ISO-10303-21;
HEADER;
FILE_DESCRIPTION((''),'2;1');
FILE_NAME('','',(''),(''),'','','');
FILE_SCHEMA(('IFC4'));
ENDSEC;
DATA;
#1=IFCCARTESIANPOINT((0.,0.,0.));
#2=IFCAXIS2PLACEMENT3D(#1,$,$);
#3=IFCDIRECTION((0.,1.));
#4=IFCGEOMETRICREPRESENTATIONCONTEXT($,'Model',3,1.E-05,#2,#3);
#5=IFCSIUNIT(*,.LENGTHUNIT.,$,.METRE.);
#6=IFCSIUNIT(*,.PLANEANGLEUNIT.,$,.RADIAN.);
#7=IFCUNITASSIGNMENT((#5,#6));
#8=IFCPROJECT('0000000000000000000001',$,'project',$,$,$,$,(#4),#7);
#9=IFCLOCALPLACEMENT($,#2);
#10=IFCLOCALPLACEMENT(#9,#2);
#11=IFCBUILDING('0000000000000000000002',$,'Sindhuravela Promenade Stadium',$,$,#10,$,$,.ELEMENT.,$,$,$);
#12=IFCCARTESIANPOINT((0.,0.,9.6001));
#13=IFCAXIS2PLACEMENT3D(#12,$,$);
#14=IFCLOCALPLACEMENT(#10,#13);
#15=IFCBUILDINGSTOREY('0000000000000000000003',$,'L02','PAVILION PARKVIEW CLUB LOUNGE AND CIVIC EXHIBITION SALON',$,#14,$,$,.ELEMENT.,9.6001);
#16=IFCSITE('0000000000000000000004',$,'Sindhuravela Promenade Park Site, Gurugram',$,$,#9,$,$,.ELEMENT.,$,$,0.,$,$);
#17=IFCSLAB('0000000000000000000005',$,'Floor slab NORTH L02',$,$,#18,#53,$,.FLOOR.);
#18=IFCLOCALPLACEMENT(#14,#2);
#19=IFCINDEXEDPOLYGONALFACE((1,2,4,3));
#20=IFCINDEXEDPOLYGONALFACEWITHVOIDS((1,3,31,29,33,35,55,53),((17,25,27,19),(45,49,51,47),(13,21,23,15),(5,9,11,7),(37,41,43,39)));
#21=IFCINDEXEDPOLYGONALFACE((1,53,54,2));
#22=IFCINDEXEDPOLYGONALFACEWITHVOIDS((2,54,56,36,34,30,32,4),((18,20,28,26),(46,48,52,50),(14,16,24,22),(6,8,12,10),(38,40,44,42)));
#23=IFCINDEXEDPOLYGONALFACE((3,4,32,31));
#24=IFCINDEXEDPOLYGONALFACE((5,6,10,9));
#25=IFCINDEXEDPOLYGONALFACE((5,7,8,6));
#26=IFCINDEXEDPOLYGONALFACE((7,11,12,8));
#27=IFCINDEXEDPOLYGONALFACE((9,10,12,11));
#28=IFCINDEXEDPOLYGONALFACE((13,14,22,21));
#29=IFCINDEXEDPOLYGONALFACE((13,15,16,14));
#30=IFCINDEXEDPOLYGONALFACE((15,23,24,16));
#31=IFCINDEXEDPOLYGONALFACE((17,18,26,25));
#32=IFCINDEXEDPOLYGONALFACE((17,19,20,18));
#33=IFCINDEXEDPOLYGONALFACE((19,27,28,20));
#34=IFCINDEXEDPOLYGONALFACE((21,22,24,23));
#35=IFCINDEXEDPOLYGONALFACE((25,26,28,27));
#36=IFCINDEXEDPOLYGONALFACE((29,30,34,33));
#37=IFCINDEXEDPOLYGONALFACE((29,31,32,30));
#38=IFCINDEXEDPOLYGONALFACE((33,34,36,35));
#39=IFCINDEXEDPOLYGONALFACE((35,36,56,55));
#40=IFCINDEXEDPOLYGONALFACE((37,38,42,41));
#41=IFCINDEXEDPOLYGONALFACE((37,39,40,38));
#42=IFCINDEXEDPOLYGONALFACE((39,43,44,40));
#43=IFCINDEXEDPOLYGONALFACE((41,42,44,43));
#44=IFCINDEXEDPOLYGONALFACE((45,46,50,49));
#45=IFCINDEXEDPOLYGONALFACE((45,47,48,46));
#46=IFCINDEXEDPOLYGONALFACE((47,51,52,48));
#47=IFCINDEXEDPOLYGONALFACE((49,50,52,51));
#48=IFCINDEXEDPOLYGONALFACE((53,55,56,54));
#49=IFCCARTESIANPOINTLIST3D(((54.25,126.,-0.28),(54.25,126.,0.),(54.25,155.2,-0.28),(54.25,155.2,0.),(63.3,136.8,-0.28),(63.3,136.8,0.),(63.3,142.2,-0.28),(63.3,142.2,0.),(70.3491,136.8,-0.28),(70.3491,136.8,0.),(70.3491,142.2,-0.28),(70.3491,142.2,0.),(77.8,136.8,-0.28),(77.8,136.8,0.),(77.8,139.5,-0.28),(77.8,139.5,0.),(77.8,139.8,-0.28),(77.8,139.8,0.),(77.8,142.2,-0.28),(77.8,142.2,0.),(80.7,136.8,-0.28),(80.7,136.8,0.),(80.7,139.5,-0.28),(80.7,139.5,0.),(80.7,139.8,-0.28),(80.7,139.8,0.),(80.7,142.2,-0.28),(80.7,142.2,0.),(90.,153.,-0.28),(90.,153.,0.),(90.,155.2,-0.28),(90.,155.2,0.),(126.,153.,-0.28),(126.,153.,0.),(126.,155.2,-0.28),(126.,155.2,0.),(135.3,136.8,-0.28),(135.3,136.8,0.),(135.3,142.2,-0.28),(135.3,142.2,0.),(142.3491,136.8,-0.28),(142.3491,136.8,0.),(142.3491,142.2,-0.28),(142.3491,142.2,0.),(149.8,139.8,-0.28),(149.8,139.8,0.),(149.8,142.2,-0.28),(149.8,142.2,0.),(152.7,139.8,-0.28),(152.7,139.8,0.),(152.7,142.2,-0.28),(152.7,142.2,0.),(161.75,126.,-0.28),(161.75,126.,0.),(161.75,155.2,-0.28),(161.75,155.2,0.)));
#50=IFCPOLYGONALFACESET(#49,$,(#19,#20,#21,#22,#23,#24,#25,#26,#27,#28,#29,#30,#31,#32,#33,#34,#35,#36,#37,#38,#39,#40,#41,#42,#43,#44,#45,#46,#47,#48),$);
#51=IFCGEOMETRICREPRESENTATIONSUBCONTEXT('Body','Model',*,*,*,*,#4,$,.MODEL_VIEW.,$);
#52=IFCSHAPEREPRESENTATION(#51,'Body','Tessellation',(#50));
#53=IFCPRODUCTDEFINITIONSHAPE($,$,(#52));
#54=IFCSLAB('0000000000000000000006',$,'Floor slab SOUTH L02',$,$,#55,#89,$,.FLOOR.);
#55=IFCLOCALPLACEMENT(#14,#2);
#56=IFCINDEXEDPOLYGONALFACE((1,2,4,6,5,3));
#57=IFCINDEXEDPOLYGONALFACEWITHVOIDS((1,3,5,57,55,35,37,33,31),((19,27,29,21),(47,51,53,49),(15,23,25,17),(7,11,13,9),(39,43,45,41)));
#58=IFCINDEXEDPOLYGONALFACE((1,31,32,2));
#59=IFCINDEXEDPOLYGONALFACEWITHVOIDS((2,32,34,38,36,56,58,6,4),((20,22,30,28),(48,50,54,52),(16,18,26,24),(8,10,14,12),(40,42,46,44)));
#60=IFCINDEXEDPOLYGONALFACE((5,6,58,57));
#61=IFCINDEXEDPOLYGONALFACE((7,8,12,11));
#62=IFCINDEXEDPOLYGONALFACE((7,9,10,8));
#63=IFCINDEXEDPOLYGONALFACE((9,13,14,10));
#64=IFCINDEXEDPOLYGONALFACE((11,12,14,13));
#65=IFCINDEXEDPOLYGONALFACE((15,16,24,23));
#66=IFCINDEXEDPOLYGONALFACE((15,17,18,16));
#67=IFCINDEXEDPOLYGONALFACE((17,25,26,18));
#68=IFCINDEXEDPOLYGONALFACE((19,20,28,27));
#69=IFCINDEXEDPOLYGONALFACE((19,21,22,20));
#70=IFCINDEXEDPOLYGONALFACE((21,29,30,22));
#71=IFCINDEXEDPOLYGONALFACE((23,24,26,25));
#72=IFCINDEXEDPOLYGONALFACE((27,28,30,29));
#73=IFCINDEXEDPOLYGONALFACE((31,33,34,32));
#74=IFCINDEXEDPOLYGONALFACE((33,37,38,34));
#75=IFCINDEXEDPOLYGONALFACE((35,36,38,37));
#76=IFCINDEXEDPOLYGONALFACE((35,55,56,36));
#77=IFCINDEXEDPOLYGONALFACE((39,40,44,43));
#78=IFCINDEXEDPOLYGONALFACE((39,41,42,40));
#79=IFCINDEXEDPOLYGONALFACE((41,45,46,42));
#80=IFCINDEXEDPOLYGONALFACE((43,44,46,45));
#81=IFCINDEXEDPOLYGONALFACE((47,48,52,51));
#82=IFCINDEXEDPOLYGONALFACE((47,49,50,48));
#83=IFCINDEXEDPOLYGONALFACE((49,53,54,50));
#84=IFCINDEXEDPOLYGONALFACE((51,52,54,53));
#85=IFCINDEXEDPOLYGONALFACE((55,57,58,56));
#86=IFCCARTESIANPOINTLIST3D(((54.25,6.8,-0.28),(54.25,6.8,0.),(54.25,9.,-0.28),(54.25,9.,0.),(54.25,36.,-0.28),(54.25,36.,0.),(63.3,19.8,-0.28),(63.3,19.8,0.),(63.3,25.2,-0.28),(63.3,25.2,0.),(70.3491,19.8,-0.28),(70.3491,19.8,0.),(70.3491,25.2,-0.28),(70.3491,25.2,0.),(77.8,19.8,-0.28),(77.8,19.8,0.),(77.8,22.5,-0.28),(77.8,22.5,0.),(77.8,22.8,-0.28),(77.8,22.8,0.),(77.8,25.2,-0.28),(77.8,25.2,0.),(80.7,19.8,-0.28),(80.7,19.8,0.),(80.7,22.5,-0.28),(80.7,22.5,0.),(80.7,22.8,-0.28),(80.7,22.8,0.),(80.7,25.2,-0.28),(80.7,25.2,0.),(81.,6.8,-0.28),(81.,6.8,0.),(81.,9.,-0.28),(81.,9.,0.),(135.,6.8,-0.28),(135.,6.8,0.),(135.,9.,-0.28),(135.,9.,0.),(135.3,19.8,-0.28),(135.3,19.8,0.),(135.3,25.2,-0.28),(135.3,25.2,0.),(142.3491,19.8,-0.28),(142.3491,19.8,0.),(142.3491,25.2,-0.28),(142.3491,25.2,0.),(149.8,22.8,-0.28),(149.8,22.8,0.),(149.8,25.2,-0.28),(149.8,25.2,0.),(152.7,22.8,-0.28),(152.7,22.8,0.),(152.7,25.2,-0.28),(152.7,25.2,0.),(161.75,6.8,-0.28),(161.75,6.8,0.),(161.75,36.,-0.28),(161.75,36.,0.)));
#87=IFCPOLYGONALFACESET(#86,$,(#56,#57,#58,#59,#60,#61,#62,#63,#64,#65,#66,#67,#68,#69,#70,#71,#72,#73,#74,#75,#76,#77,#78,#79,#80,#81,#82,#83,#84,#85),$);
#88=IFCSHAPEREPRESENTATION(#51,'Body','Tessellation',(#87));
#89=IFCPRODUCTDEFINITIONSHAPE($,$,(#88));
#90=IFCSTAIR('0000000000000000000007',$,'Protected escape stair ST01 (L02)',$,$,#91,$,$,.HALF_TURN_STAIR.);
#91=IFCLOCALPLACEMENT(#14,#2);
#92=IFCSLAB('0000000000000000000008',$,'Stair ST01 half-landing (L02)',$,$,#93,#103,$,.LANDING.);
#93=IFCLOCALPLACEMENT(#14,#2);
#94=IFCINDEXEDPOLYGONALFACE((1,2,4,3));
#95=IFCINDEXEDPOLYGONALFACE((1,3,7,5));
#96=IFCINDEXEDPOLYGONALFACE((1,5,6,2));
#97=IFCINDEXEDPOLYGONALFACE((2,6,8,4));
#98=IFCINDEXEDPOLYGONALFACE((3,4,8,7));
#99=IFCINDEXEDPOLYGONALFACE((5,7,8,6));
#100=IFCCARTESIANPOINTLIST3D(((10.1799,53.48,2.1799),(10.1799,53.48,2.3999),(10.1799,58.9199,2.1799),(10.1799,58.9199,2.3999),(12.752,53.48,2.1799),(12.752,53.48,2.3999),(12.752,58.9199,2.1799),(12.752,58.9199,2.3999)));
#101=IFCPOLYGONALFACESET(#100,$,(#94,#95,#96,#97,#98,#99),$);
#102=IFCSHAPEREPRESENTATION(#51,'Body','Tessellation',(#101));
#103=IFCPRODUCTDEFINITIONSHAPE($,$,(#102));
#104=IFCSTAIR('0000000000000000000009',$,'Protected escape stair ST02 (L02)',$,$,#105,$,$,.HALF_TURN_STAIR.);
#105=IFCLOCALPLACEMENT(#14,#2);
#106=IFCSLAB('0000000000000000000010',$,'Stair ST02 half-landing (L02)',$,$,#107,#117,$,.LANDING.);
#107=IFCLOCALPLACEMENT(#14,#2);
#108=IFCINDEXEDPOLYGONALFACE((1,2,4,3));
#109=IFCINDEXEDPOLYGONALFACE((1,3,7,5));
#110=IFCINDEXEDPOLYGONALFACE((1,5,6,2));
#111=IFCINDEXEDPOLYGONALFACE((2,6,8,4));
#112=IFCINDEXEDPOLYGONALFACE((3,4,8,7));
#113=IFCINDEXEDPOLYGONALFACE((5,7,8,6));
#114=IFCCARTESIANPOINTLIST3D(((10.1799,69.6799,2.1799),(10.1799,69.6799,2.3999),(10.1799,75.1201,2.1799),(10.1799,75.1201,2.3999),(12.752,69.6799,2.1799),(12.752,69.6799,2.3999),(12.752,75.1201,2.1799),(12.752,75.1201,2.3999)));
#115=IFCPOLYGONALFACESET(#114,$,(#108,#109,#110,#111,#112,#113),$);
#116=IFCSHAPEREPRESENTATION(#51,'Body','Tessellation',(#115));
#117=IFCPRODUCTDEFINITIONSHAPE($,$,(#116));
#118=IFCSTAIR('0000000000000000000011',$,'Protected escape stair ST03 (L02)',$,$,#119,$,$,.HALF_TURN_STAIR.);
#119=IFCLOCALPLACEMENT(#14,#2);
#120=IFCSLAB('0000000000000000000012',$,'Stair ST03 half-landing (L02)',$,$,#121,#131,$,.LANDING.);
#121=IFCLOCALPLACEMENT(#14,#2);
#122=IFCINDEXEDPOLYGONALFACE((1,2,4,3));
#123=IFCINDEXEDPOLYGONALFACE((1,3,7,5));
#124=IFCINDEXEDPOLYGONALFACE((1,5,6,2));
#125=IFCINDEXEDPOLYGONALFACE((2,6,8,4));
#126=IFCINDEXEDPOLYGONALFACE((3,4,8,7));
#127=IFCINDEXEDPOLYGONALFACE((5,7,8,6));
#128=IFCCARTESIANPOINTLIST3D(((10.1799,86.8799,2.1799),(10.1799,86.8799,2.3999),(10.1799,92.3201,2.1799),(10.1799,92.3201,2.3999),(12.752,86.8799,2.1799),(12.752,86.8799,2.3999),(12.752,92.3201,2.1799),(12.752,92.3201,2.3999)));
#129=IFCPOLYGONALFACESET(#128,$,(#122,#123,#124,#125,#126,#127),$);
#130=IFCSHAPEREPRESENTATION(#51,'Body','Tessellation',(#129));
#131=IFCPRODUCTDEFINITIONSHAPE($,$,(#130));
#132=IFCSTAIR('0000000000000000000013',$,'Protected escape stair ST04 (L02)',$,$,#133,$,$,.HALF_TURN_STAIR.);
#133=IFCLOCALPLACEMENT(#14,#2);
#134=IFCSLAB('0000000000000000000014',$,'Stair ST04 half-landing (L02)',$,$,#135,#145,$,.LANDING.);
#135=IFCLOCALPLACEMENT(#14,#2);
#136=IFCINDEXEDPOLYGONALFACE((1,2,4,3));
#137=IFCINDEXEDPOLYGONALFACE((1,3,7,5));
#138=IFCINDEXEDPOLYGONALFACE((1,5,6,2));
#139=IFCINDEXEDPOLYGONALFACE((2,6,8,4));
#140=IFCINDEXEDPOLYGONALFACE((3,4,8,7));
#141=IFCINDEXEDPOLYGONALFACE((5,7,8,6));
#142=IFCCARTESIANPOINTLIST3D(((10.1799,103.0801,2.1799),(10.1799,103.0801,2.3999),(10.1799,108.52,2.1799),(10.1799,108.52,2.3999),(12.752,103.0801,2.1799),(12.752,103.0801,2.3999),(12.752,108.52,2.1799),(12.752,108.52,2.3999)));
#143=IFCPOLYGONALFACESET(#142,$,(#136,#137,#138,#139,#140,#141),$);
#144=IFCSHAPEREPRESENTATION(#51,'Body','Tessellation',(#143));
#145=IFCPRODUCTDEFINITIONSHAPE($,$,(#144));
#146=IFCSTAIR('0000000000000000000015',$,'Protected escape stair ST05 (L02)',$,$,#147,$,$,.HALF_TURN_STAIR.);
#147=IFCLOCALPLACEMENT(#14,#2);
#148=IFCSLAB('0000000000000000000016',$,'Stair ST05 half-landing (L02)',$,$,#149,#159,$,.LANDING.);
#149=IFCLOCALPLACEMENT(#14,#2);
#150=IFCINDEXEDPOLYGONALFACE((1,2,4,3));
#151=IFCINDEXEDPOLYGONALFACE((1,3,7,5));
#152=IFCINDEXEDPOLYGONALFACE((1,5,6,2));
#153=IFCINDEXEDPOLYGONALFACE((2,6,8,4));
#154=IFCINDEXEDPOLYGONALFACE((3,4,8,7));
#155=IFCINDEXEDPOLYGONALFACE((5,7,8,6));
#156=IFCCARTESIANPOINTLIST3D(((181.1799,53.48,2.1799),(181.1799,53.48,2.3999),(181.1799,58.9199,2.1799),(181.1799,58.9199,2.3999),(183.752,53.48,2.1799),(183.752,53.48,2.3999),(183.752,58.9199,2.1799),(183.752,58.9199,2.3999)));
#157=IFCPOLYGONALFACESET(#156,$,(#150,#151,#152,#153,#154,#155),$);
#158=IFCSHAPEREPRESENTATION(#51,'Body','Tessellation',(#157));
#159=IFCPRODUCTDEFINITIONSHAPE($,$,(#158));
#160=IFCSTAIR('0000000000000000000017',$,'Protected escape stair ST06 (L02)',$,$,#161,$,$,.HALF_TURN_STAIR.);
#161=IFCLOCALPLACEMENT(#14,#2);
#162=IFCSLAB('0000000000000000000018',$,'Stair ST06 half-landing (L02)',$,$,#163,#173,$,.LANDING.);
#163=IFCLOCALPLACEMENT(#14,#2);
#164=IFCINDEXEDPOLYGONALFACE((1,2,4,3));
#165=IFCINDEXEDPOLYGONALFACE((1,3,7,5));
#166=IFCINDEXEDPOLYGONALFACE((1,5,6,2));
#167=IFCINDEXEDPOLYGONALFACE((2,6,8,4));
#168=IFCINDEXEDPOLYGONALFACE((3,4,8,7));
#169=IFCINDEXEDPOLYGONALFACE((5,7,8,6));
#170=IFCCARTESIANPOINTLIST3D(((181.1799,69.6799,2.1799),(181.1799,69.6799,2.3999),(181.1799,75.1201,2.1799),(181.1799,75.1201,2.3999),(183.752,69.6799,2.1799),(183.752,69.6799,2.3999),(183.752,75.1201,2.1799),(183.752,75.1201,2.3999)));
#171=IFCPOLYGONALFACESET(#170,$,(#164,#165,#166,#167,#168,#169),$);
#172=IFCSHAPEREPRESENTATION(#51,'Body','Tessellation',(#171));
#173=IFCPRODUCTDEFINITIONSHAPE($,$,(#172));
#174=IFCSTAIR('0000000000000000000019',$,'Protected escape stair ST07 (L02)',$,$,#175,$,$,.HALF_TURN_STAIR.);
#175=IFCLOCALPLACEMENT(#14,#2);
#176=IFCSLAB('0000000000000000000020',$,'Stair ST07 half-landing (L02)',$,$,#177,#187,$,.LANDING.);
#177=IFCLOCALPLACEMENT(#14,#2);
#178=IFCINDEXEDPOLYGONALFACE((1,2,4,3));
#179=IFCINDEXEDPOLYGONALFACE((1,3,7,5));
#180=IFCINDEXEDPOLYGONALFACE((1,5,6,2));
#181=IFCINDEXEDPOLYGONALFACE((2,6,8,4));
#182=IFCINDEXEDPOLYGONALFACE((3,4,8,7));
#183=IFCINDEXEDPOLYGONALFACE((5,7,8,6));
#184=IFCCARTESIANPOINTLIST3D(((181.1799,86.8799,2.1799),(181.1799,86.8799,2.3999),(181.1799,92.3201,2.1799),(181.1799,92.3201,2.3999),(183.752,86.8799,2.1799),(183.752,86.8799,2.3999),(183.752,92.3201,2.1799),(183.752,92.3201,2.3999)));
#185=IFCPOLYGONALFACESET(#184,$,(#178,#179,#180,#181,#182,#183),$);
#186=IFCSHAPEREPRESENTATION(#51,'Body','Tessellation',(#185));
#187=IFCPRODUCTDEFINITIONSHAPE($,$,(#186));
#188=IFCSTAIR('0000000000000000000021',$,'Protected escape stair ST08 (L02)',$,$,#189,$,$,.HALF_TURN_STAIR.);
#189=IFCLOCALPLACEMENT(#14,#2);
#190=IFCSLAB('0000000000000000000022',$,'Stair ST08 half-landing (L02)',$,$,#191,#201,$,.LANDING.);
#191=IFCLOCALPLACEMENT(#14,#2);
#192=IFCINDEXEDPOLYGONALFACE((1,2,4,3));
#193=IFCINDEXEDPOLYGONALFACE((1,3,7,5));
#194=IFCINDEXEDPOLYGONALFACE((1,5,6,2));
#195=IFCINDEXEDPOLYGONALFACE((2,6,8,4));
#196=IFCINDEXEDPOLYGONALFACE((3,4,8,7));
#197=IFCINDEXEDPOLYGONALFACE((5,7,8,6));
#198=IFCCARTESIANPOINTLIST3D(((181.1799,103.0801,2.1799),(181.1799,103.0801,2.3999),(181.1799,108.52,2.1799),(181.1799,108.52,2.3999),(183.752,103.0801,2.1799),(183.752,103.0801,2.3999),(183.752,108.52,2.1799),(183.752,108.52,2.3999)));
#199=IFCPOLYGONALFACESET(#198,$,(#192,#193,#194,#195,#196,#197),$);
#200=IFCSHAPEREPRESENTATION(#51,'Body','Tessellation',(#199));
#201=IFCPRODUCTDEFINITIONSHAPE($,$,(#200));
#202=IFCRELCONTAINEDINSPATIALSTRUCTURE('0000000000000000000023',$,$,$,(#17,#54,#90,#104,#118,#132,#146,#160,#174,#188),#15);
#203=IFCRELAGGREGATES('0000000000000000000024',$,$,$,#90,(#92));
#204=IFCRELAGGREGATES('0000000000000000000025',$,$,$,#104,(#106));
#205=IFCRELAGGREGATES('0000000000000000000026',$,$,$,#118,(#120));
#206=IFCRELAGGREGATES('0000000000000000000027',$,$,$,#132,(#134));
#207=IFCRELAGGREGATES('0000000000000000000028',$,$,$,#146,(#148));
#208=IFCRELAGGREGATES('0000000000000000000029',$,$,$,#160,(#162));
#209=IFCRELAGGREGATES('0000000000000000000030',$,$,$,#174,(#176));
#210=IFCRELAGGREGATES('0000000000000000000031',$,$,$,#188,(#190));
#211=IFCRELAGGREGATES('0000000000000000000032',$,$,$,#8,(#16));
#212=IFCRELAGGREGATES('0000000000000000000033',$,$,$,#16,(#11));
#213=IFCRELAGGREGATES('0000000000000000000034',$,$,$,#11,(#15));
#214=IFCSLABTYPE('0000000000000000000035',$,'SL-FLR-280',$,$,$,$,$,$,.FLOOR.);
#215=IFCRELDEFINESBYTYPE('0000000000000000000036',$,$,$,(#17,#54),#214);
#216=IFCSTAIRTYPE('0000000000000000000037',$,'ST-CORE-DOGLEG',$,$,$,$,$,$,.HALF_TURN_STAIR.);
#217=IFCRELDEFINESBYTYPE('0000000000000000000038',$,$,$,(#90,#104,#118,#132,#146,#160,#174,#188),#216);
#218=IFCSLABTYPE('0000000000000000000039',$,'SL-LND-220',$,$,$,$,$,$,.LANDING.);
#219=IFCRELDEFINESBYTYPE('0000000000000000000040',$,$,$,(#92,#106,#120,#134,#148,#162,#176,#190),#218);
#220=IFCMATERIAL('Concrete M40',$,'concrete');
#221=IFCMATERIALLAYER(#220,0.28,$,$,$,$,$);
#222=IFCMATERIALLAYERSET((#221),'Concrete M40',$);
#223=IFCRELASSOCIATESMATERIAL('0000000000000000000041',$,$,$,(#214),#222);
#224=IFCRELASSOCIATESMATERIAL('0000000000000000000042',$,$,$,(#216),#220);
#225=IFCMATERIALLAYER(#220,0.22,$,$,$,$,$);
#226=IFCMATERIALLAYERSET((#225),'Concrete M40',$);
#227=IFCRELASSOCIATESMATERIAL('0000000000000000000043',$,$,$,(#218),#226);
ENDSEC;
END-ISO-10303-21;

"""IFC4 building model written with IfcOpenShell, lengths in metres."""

from ifc_helpers import new_model, si_unit, direction, frame, origin, place, context, subcontext, project, spatial, polyline, outline, extrude, material, layer, layer_set, type_object, element, aggregate, save


model = new_model("IFC4")

# Units and contexts
model_context = context("Model", 3, precision=1e-05, world=origin(), true_north=direction((0.0, 1.0)))
body_context = subcontext(model_context, "Body", "Model", "MODEL_VIEW")
ifc_project = project(units=[si_unit("LENGTHUNIT", "METRE"), si_unit("PLANEANGLEUNIT", "RADIAN")], contexts=[model_context])

# Site, building, storey
site_placement = place(None, origin())
site = spatial("IfcSite", under=ifc_project, at=site_placement, Name="Sindhuravela Promenade Park Site, Gurugram", CompositionType="ELEMENT", RefElevation=0.0)
building_placement = place(site_placement, origin())
building = spatial("IfcBuilding", under=site, at=building_placement, Name="Sindhuravela Promenade Stadium", CompositionType="ELEMENT")
storey_placement = place(building_placement, frame((0.0, 0.0, 9.6001)))
storey = spatial("IfcBuildingStorey", under=building, at=storey_placement, Name="L02", Description="PAVILION PARKVIEW CLUB LOUNGE AND CIVIC EXHIBITION SALON", CompositionType="ELEMENT", Elevation=9.6001)

# Slabs
ifc_material_1 = material(Name="Concrete M40", Category="concrete")
ifc_layer_1 = layer(ifc_material_1, 0.28)
ifc_layer_set_1 = layer_set([ifc_layer_1], Name="Concrete M40")
slab_type_1 = type_object("IfcSlabType", Name="SL-FLR-280", PredefinedType="FLOOR", material=ifc_layer_set_1)
slab_1_placement = place(storey_placement, frame((0.0, 0.0, -0.28)))
element("IfcSlab", 1, at=slab_1_placement, inside=storey, type_object=slab_type_1, Name="Floor slab NORTH L02", PredefinedType="FLOOR", context=body_context, shape_type="SweptSolid", body=[
    extrude(outline(polyline([(54.25, 126.0), (161.75, 126.0), (161.75, 155.2), (126.0, 155.2), (126.0, 153.0), (90.0, 153.0), (90.0, 155.2), (54.25, 155.2), (54.25, 126.0)]), holes=[polyline([(63.3, 136.8), (70.3491, 136.8), (70.3491, 142.2), (63.3, 142.2), (63.3, 136.8)]), polyline([(77.8, 139.8), (80.7, 139.8), (80.7, 142.2), (77.8, 142.2), (77.8, 139.8)]), polyline([(77.8, 136.8), (80.7, 136.8), (80.7, 139.5), (77.8, 139.5), (77.8, 136.8)]), polyline([(135.3, 136.8), (142.3491, 136.8), (142.3491, 142.2), (135.3, 142.2), (135.3, 136.8)]), polyline([(149.8, 139.8), (152.7, 139.8), (152.7, 142.2), (149.8, 142.2), (149.8, 139.8)])]), origin(), (0.0, 0.0, 1.0), 0.28),
])
slab_2_placement = place(storey_placement, frame((0.0, 0.0, -0.28)))
element("IfcSlab", 2, at=slab_2_placement, inside=storey, type_object=slab_type_1, Name="Floor slab SOUTH L02", PredefinedType="FLOOR", context=body_context, shape_type="SweptSolid", body=[
    extrude(outline(polyline([(54.25, 9.0), (54.25, 6.8), (81.0, 6.8), (81.0, 9.0), (135.0, 9.0), (135.0, 6.8), (161.75, 6.8), (161.75, 36.0), (54.25, 36.0), (54.25, 9.0)]), holes=[polyline([(63.3, 19.8), (70.3491, 19.8), (70.3491, 25.2), (63.3, 25.2), (63.3, 19.8)]), polyline([(77.8, 22.8), (80.7, 22.8), (80.7, 25.2), (77.8, 25.2), (77.8, 22.8)]), polyline([(77.8, 19.8), (80.7, 19.8), (80.7, 22.5), (77.8, 22.5), (77.8, 19.8)]), polyline([(135.3, 19.8), (142.3491, 19.8), (142.3491, 25.2), (135.3, 25.2), (135.3, 19.8)]), polyline([(149.8, 22.8), (152.7, 22.8), (152.7, 25.2), (149.8, 25.2), (149.8, 22.8)])]), origin(), (0.0, 0.0, 1.0), 0.28),
])

# Stairs, slabs
stair_type = type_object("IfcStairType", Name="ST-CORE-DOGLEG", PredefinedType="HALF_TURN_STAIR", material=ifc_material_1)
stair_1_placement = place(storey_placement, origin())
stair_1 = element("IfcStair", 3, at=stair_1_placement, inside=storey, type_object=stair_type, Name="Protected escape stair ST01 (L02)", PredefinedType="HALF_TURN_STAIR")
ifc_layer_2 = layer(ifc_material_1, 0.22)
ifc_layer_set_2 = layer_set([ifc_layer_2], Name="Concrete M40")
slab_type_2 = type_object("IfcSlabType", Name="SL-LND-220", PredefinedType="LANDING", material=ifc_layer_set_2)
slab_3_placement = place(storey_placement, frame((0.0, 0.0, 2.1799)))
slab_3 = element("IfcSlab", 4, at=slab_3_placement, type_object=slab_type_2, Name="Stair ST01 half-landing (L02)", PredefinedType="LANDING", context=body_context, shape_type="SweptSolid", body=[
    extrude(outline(polyline([(10.1799, 53.48), (12.752, 53.48), (12.752, 58.9199), (10.1799, 58.9199), (10.1799, 53.48)])), origin(), (0.0, 0.0, 1.0), 0.22),
])
aggregate(stair_1, [slab_3])
stair_2_placement = place(storey_placement, origin())
stair_2 = element("IfcStair", 5, at=stair_2_placement, inside=storey, type_object=stair_type, Name="Protected escape stair ST02 (L02)", PredefinedType="HALF_TURN_STAIR")
slab_4_placement = place(storey_placement, frame((0.0, 0.0, 2.1799)))
slab_4 = element("IfcSlab", 6, at=slab_4_placement, type_object=slab_type_2, Name="Stair ST02 half-landing (L02)", PredefinedType="LANDING", context=body_context, shape_type="SweptSolid", body=[
    extrude(outline(polyline([(10.1799, 69.6799), (12.752, 69.6799), (12.752, 75.1201), (10.1799, 75.1201), (10.1799, 69.6799)])), origin(), (0.0, 0.0, 1.0), 0.22),
])
aggregate(stair_2, [slab_4])
stair_3_placement = place(storey_placement, origin())
stair_3 = element("IfcStair", 7, at=stair_3_placement, inside=storey, type_object=stair_type, Name="Protected escape stair ST03 (L02)", PredefinedType="HALF_TURN_STAIR")
slab_5_placement = place(storey_placement, frame((0.0, 0.0, 2.1799)))
slab_5 = element("IfcSlab", 8, at=slab_5_placement, type_object=slab_type_2, Name="Stair ST03 half-landing (L02)", PredefinedType="LANDING", context=body_context, shape_type="SweptSolid", body=[
    extrude(outline(polyline([(10.1799, 86.8799), (12.752, 86.8799), (12.752, 92.3201), (10.1799, 92.3201), (10.1799, 86.8799)])), origin(), (0.0, 0.0, 1.0), 0.22),
])
aggregate(stair_3, [slab_5])
stair_4_placement = place(storey_placement, origin())
stair_4 = element("IfcStair", 9, at=stair_4_placement, inside=storey, type_object=stair_type, Name="Protected escape stair ST04 (L02)", PredefinedType="HALF_TURN_STAIR")
slab_6_placement = place(storey_placement, frame((0.0, 0.0, 2.1799)))
slab_6 = element("IfcSlab", 10, at=slab_6_placement, type_object=slab_type_2, Name="Stair ST04 half-landing (L02)", PredefinedType="LANDING", context=body_context, shape_type="SweptSolid", body=[
    extrude(outline(polyline([(10.1799, 103.0801), (12.752, 103.0801), (12.752, 108.52), (10.1799, 108.52), (10.1799, 103.0801)])), origin(), (0.0, 0.0, 1.0), 0.22),
])
aggregate(stair_4, [slab_6])
stair_5_placement = place(storey_placement, origin())
stair_5 = element("IfcStair", 11, at=stair_5_placement, inside=storey, type_object=stair_type, Name="Protected escape stair ST05 (L02)", PredefinedType="HALF_TURN_STAIR")
slab_7_placement = place(storey_placement, frame((0.0, 0.0, 2.1799)))
slab_7 = element("IfcSlab", 12, at=slab_7_placement, type_object=slab_type_2, Name="Stair ST05 half-landing (L02)", PredefinedType="LANDING", context=body_context, shape_type="SweptSolid", body=[
    extrude(outline(polyline([(181.1799, 53.48), (183.752, 53.48), (183.752, 58.9199), (181.1799, 58.9199), (181.1799, 53.48)])), origin(), (0.0, 0.0, 1.0), 0.22),
])
aggregate(stair_5, [slab_7])
stair_6_placement = place(storey_placement, origin())
stair_6 = element("IfcStair", 13, at=stair_6_placement, inside=storey, type_object=stair_type, Name="Protected escape stair ST06 (L02)", PredefinedType="HALF_TURN_STAIR")
slab_8_placement = place(storey_placement, frame((0.0, 0.0, 2.1799)))
slab_8 = element("IfcSlab", 14, at=slab_8_placement, type_object=slab_type_2, Name="Stair ST06 half-landing (L02)", PredefinedType="LANDING", context=body_context, shape_type="SweptSolid", body=[
    extrude(outline(polyline([(181.1799, 69.6799), (183.752, 69.6799), (183.752, 75.1201), (181.1799, 75.1201), (181.1799, 69.6799)])), origin(), (0.0, 0.0, 1.0), 0.22),
])
aggregate(stair_6, [slab_8])
stair_7_placement = place(storey_placement, origin())
stair_7 = element("IfcStair", 15, at=stair_7_placement, inside=storey, type_object=stair_type, Name="Protected escape stair ST07 (L02)", PredefinedType="HALF_TURN_STAIR")
slab_9_placement = place(storey_placement, frame((0.0, 0.0, 2.1799)))
slab_9 = element("IfcSlab", 16, at=slab_9_placement, type_object=slab_type_2, Name="Stair ST07 half-landing (L02)", PredefinedType="LANDING", context=body_context, shape_type="SweptSolid", body=[
    extrude(outline(polyline([(181.1799, 86.8799), (183.752, 86.8799), (183.752, 92.3201), (181.1799, 92.3201), (181.1799, 86.8799)])), origin(), (0.0, 0.0, 1.0), 0.22),
])
aggregate(stair_7, [slab_9])
stair_8_placement = place(storey_placement, origin())
stair_8 = element("IfcStair", 17, at=stair_8_placement, inside=storey, type_object=stair_type, Name="Protected escape stair ST08 (L02)", PredefinedType="HALF_TURN_STAIR")
slab_10_placement = place(storey_placement, frame((0.0, 0.0, 2.1799)))
slab_10 = element("IfcSlab", 18, at=slab_10_placement, type_object=slab_type_2, Name="Stair ST08 half-landing (L02)", PredefinedType="LANDING", context=body_context, shape_type="SweptSolid", body=[
    extrude(outline(polyline([(181.1799, 103.0801), (183.752, 103.0801), (183.752, 108.52), (181.1799, 108.52), (181.1799, 103.0801)])), origin(), (0.0, 0.0, 1.0), 0.22),
])
aggregate(stair_8, [slab_10])

save(model, "model.ifc")
